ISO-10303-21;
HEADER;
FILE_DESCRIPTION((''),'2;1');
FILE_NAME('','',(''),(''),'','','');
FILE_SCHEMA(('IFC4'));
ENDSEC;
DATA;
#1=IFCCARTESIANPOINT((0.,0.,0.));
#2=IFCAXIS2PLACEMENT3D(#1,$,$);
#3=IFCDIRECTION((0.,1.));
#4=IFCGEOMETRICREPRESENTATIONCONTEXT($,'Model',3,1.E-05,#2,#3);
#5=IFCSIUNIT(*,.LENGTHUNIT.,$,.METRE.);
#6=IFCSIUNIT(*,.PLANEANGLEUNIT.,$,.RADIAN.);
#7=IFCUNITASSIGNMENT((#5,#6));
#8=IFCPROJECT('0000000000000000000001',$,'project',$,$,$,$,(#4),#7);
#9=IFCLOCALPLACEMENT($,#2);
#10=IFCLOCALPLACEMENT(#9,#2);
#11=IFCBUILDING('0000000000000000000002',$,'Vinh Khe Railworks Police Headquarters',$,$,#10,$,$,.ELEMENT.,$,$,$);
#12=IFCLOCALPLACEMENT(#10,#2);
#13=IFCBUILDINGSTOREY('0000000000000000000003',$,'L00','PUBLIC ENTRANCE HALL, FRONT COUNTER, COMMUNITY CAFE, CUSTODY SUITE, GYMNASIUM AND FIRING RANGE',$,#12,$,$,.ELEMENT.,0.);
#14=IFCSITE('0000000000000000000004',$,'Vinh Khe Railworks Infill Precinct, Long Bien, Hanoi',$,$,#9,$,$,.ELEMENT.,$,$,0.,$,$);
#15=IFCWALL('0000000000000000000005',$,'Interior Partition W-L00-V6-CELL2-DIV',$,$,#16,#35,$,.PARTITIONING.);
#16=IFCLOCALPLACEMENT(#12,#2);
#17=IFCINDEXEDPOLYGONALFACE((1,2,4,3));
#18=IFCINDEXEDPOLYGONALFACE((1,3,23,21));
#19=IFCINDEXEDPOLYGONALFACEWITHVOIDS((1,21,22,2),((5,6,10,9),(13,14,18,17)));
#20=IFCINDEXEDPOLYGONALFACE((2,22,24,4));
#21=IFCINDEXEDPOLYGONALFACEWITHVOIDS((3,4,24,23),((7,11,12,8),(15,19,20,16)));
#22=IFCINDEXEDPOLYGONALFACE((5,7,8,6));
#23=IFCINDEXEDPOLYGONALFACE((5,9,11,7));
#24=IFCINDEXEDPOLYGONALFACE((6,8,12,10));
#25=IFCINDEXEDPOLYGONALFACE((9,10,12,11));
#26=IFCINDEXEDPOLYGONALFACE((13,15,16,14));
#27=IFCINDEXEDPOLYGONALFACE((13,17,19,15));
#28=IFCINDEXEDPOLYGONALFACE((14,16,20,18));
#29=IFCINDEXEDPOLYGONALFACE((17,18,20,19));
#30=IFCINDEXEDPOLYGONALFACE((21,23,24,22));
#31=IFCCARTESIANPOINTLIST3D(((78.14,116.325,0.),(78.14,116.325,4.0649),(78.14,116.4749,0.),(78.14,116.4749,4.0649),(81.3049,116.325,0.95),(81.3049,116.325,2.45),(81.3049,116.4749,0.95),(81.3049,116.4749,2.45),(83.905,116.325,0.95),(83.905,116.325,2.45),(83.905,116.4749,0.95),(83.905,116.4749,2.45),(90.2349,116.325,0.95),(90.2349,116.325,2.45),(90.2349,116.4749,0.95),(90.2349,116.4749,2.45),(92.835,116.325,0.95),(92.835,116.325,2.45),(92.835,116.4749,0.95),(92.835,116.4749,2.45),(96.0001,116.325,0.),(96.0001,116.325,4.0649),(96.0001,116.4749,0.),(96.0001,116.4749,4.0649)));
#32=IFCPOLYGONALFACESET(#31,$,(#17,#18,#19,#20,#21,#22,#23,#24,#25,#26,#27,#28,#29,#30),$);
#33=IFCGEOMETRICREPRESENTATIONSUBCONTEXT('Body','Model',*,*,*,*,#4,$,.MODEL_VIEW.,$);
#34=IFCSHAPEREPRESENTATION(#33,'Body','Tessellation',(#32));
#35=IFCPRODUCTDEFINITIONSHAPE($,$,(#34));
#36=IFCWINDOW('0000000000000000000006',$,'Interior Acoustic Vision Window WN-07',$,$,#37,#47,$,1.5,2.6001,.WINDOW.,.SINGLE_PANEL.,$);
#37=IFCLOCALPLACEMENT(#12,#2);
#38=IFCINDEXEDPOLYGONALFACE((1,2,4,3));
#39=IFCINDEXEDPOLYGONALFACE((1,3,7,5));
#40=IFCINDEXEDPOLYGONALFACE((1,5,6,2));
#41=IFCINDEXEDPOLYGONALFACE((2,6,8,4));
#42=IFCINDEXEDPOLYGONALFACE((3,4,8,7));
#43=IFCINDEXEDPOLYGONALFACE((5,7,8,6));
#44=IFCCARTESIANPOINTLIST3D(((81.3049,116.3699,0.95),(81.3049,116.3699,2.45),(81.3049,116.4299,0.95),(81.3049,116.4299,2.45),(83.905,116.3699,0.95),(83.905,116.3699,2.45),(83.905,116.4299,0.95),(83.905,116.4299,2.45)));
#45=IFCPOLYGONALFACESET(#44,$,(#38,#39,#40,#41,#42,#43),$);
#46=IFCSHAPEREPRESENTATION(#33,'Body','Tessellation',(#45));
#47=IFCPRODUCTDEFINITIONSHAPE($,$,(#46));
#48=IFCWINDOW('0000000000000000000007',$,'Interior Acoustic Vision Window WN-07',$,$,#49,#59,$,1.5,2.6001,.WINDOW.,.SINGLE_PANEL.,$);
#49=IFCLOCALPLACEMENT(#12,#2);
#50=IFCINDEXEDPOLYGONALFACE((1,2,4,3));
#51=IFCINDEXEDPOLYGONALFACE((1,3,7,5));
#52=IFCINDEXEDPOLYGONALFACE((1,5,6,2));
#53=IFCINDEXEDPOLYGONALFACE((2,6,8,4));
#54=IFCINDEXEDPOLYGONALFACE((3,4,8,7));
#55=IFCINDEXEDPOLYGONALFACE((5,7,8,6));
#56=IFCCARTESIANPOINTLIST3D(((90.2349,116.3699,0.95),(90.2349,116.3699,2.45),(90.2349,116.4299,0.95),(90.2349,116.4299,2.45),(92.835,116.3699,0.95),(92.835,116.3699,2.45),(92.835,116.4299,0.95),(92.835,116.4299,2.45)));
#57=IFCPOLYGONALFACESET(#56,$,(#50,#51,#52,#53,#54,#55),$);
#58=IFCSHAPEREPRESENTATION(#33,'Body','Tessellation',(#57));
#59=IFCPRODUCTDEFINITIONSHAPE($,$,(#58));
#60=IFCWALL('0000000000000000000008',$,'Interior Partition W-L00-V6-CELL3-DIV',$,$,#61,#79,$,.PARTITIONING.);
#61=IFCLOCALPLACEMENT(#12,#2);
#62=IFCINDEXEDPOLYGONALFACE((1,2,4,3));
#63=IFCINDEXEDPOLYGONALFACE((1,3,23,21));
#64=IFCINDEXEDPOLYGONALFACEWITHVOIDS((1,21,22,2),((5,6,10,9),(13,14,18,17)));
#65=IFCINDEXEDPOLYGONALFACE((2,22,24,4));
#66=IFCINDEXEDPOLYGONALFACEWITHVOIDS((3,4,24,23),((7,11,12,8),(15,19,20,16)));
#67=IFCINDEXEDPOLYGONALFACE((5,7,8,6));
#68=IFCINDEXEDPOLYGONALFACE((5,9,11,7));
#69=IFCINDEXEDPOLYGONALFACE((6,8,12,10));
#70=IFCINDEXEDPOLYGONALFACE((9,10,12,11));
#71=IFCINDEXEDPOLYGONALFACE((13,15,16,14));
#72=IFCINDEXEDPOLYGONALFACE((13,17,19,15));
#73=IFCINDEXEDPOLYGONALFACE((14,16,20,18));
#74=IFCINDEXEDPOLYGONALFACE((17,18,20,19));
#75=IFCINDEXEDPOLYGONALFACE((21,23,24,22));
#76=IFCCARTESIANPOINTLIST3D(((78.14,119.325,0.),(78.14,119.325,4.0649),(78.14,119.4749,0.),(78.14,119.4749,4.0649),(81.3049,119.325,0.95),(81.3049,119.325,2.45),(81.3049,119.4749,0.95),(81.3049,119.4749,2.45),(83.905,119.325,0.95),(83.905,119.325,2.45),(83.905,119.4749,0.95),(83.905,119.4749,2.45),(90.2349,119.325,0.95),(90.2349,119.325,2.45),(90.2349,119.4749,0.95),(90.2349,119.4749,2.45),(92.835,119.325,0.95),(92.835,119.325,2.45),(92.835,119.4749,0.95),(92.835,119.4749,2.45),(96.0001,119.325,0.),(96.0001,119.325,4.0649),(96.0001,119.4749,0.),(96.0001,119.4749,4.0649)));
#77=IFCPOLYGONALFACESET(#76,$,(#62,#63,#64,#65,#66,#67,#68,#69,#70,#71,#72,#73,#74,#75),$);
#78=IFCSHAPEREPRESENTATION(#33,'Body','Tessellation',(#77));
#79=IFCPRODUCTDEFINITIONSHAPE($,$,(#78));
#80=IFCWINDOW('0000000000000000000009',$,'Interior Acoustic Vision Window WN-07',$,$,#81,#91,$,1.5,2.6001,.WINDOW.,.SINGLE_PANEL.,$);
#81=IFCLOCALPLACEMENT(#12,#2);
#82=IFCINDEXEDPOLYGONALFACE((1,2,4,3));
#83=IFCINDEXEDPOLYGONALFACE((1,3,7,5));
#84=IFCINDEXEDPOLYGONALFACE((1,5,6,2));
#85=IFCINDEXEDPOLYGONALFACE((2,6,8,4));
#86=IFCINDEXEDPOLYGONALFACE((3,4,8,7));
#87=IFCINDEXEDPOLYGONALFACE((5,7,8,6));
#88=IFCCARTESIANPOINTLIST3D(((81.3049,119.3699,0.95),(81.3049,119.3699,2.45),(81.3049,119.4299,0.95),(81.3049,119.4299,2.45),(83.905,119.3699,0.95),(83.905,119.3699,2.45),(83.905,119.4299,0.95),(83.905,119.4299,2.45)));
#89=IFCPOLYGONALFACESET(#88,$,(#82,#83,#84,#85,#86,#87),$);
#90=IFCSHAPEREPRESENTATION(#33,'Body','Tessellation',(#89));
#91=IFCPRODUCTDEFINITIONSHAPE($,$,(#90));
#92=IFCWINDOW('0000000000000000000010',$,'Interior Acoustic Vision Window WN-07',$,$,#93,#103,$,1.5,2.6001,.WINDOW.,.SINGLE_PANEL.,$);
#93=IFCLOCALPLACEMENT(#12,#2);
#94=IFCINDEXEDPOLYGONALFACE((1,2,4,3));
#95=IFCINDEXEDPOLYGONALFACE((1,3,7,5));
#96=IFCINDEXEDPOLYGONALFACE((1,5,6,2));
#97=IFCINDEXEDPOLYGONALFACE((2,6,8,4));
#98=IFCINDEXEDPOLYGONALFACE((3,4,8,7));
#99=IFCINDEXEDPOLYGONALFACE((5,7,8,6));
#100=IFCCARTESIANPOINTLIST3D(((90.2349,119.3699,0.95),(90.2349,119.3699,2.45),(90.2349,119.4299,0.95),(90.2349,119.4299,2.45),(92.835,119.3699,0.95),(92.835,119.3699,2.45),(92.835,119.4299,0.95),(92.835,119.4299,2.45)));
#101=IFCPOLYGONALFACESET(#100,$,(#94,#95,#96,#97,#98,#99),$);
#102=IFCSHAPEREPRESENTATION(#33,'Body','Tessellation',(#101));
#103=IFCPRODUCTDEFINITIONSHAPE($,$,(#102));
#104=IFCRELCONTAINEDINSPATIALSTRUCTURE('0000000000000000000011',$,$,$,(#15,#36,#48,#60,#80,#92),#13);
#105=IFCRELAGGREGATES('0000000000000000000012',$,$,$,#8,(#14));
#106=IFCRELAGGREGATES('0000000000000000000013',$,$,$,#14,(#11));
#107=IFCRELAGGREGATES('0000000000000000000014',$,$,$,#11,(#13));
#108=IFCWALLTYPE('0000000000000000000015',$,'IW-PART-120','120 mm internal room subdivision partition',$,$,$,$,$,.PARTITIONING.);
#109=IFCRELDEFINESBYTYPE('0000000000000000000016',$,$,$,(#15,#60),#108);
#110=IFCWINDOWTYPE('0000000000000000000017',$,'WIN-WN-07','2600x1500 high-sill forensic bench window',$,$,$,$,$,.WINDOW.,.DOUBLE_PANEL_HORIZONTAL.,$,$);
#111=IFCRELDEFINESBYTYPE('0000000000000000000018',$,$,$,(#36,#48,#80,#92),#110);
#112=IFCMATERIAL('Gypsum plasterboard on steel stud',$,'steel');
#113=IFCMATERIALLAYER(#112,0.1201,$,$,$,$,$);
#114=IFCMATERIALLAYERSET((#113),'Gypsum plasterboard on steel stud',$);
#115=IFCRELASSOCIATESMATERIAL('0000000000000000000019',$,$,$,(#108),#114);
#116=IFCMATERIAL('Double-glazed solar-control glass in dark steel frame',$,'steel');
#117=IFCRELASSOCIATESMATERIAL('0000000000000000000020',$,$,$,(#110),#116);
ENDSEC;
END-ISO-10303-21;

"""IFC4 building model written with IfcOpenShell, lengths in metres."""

from ifc_helpers import new_model, si_unit, direction, frame, frame_2d, origin, place, context, subcontext, project, spatial, rectangle, extrude, material, layer, layer_set, type_object, element, fill, save


model = new_model("IFC4")

# Units and contexts
model_context = context("Model", 3, precision=1e-05, world=origin(), true_north=direction((0.0, 1.0)))
body_context = subcontext(model_context, "Body", "Model", "MODEL_VIEW")
ifc_project = project(units=[si_unit("LENGTHUNIT", "METRE"), si_unit("PLANEANGLEUNIT", "RADIAN")], contexts=[model_context])

# Site, building, storey
site_placement = place(None, origin())
site = spatial("IfcSite", under=ifc_project, at=site_placement, Name="Vinh Khe Railworks Infill Precinct, Long Bien, Hanoi", CompositionType="ELEMENT", RefElevation=0.0)
building_placement = place(site_placement, origin())
building = spatial("IfcBuilding", under=site, at=building_placement, Name="Vinh Khe Railworks Police Headquarters", CompositionType="ELEMENT")
storey_placement = place(building_placement, origin())
storey = spatial("IfcBuildingStorey", under=building, at=storey_placement, Name="L00", Description="PUBLIC ENTRANCE HALL, FRONT COUNTER, COMMUNITY CAFE, CUSTODY SUITE, GYMNASIUM AND FIRING RANGE", CompositionType="ELEMENT", Elevation=0.0)

# Walls, openings, windows
ifc_material_1 = material(Name="Double-glazed solar-control glass in dark steel frame", Category="steel")
ifc_material_2 = material(Name="Gypsum plasterboard on steel stud", Category="steel")
ifc_layer_1 = layer(ifc_material_2, 0.1201)
ifc_layer_set_1 = layer_set([ifc_layer_1], Name="Gypsum plasterboard on steel stud")
wall_type_1 = type_object("IfcWallType", Name="IW-PART-120", Description="120 mm internal room subdivision partition", PredefinedType="PARTITIONING", material=ifc_layer_set_1)
window_type_1 = type_object("IfcWindowType", Name="WIN-WN-07", Description="2600x1500 high-sill forensic bench window", PartitioningType="DOUBLE_PANEL_HORIZONTAL", PredefinedType="WINDOW", material=ifc_material_1)
wall_1_placement = place(storey_placement, frame((78.1399, 116.3999, 0.0), z_axis=(0.0, 0.0, 1.0), x_axis=(1.0, 0.0, 0.0)))
wall_1 = element("IfcWall", 1, at=wall_1_placement, inside=storey, type_object=wall_type_1, Name="Interior Partition W-L00-V6-CELL2-DIV", PredefinedType="PARTITIONING", context=body_context, shape_type="SweptSolid", body=[
    extrude(rectangle(XDim=17.8601, YDim=0.1499, at=frame_2d((8.9302, 0.0))), origin(), (0.0, 0.0, 1.0), 4.0649),
])
opening_1_placement = place(wall_1_placement, frame((3.165, 0.0, 0.95)))
opening_1 = element("IfcOpeningElement", 2, at=opening_1_placement, cuts=wall_1, PredefinedType="OPENING", context=body_context, shape_type="SweptSolid", body=[
    extrude(rectangle(XDim=2.6001, YDim=1.5, at=frame_2d((1.3, 0.75))), frame((0.0, 0.0898, 0.0), z_axis=(0.0, -1.0, 0.0), x_axis=(1.0, 0.0, 0.0)), (0.0, 0.0, 1.0), 0.1797),
])
opening_2_placement = place(wall_1_placement, frame((12.095, 0.0, 0.95)))
opening_2 = element("IfcOpeningElement", 3, at=opening_2_placement, cuts=wall_1, PredefinedType="OPENING", context=body_context, shape_type="SweptSolid", body=[
    extrude(rectangle(XDim=2.6001, YDim=1.5, at=frame_2d((1.3, 0.75))), frame((0.0, 0.0898, 0.0), z_axis=(0.0, -1.0, 0.0), x_axis=(1.0, 0.0, 0.0)), (0.0, 0.0, 1.0), 0.1797),
])
window_1_placement = place(opening_1_placement, origin())
window_1 = element("IfcWindow", 4, at=window_1_placement, inside=storey, type_object=window_type_1, Name="Interior Acoustic Vision Window WN-07", OverallHeight=1.5, OverallWidth=2.6001, PartitioningType="SINGLE_PANEL", PredefinedType="WINDOW", context=body_context, shape_type="SweptSolid", body=[
    extrude(rectangle(XDim=2.6001, YDim=1.5, at=frame_2d((1.3, 0.75))), frame((0.0, 0.03, 0.0), z_axis=(0.0, -1.0, 0.0), x_axis=(1.0, 0.0, 0.0)), (0.0, 0.0, 1.0), 0.0601),
])
fill(opening_1, window_1)
window_2_placement = place(opening_2_placement, origin())
window_2 = element("IfcWindow", 5, at=window_2_placement, inside=storey, type_object=window_type_1, Name="Interior Acoustic Vision Window WN-07", OverallHeight=1.5, OverallWidth=2.6001, PartitioningType="SINGLE_PANEL", PredefinedType="WINDOW", context=body_context, shape_type="SweptSolid", body=[
    extrude(rectangle(XDim=2.6001, YDim=1.5, at=frame_2d((1.3, 0.75))), frame((0.0, 0.03, 0.0), z_axis=(0.0, -1.0, 0.0), x_axis=(1.0, 0.0, 0.0)), (0.0, 0.0, 1.0), 0.0601),
])
fill(opening_2, window_2)
wall_2_placement = place(storey_placement, frame((78.1399, 119.3999, 0.0), z_axis=(0.0, 0.0, 1.0), x_axis=(1.0, 0.0, 0.0)))
wall_2 = element("IfcWall", 6, at=wall_2_placement, inside=storey, type_object=wall_type_1, Name="Interior Partition W-L00-V6-CELL3-DIV", PredefinedType="PARTITIONING", context=body_context, shape_type="SweptSolid", body=[
    extrude(rectangle(XDim=17.8601, YDim=0.1499, at=frame_2d((8.9302, 0.0))), origin(), (0.0, 0.0, 1.0), 4.0649),
])
opening_3_placement = place(wall_2_placement, frame((3.165, 0.0, 0.95)))
opening_3 = element("IfcOpeningElement", 7, at=opening_3_placement, cuts=wall_2, PredefinedType="OPENING", context=body_context, shape_type="SweptSolid", body=[
    extrude(rectangle(XDim=2.6001, YDim=1.5, at=frame_2d((1.3, 0.75))), frame((0.0, 0.0898, 0.0), z_axis=(0.0, -1.0, 0.0), x_axis=(1.0, 0.0, 0.0)), (0.0, 0.0, 1.0), 0.1797),
])
opening_4_placement = place(wall_2_placement, frame((12.095, 0.0, 0.95)))
opening_4 = element("IfcOpeningElement", 8, at=opening_4_placement, cuts=wall_2, PredefinedType="OPENING", context=body_context, shape_type="SweptSolid", body=[
    extrude(rectangle(XDim=2.6001, YDim=1.5, at=frame_2d((1.3, 0.75))), frame((0.0, 0.0898, 0.0), z_axis=(0.0, -1.0, 0.0), x_axis=(1.0, 0.0, 0.0)), (0.0, 0.0, 1.0), 0.1797),
])
window_3_placement = place(opening_3_placement, origin())
window_3 = element("IfcWindow", 9, at=window_3_placement, inside=storey, type_object=window_type_1, Name="Interior Acoustic Vision Window WN-07", OverallHeight=1.5, OverallWidth=2.6001, PartitioningType="SINGLE_PANEL", PredefinedType="WINDOW", context=body_context, shape_type="SweptSolid", body=[
    extrude(rectangle(XDim=2.6001, YDim=1.5, at=frame_2d((1.3, 0.75))), frame((0.0, 0.03, 0.0), z_axis=(0.0, -1.0, 0.0), x_axis=(1.0, 0.0, 0.0)), (0.0, 0.0, 1.0), 0.0601),
])
fill(opening_3, window_3)
window_4_placement = place(opening_4_placement, origin())
window_4 = element("IfcWindow", 10, at=window_4_placement, inside=storey, type_object=window_type_1, Name="Interior Acoustic Vision Window WN-07", OverallHeight=1.5, OverallWidth=2.6001, PartitioningType="SINGLE_PANEL", PredefinedType="WINDOW", context=body_context, shape_type="SweptSolid", body=[
    extrude(rectangle(XDim=2.6001, YDim=1.5, at=frame_2d((1.3, 0.75))), frame((0.0, 0.03, 0.0), z_axis=(0.0, -1.0, 0.0), x_axis=(1.0, 0.0, 0.0)), (0.0, 0.0, 1.0), 0.0601),
])
fill(opening_4, window_4)

save(model, "model.ifc")
